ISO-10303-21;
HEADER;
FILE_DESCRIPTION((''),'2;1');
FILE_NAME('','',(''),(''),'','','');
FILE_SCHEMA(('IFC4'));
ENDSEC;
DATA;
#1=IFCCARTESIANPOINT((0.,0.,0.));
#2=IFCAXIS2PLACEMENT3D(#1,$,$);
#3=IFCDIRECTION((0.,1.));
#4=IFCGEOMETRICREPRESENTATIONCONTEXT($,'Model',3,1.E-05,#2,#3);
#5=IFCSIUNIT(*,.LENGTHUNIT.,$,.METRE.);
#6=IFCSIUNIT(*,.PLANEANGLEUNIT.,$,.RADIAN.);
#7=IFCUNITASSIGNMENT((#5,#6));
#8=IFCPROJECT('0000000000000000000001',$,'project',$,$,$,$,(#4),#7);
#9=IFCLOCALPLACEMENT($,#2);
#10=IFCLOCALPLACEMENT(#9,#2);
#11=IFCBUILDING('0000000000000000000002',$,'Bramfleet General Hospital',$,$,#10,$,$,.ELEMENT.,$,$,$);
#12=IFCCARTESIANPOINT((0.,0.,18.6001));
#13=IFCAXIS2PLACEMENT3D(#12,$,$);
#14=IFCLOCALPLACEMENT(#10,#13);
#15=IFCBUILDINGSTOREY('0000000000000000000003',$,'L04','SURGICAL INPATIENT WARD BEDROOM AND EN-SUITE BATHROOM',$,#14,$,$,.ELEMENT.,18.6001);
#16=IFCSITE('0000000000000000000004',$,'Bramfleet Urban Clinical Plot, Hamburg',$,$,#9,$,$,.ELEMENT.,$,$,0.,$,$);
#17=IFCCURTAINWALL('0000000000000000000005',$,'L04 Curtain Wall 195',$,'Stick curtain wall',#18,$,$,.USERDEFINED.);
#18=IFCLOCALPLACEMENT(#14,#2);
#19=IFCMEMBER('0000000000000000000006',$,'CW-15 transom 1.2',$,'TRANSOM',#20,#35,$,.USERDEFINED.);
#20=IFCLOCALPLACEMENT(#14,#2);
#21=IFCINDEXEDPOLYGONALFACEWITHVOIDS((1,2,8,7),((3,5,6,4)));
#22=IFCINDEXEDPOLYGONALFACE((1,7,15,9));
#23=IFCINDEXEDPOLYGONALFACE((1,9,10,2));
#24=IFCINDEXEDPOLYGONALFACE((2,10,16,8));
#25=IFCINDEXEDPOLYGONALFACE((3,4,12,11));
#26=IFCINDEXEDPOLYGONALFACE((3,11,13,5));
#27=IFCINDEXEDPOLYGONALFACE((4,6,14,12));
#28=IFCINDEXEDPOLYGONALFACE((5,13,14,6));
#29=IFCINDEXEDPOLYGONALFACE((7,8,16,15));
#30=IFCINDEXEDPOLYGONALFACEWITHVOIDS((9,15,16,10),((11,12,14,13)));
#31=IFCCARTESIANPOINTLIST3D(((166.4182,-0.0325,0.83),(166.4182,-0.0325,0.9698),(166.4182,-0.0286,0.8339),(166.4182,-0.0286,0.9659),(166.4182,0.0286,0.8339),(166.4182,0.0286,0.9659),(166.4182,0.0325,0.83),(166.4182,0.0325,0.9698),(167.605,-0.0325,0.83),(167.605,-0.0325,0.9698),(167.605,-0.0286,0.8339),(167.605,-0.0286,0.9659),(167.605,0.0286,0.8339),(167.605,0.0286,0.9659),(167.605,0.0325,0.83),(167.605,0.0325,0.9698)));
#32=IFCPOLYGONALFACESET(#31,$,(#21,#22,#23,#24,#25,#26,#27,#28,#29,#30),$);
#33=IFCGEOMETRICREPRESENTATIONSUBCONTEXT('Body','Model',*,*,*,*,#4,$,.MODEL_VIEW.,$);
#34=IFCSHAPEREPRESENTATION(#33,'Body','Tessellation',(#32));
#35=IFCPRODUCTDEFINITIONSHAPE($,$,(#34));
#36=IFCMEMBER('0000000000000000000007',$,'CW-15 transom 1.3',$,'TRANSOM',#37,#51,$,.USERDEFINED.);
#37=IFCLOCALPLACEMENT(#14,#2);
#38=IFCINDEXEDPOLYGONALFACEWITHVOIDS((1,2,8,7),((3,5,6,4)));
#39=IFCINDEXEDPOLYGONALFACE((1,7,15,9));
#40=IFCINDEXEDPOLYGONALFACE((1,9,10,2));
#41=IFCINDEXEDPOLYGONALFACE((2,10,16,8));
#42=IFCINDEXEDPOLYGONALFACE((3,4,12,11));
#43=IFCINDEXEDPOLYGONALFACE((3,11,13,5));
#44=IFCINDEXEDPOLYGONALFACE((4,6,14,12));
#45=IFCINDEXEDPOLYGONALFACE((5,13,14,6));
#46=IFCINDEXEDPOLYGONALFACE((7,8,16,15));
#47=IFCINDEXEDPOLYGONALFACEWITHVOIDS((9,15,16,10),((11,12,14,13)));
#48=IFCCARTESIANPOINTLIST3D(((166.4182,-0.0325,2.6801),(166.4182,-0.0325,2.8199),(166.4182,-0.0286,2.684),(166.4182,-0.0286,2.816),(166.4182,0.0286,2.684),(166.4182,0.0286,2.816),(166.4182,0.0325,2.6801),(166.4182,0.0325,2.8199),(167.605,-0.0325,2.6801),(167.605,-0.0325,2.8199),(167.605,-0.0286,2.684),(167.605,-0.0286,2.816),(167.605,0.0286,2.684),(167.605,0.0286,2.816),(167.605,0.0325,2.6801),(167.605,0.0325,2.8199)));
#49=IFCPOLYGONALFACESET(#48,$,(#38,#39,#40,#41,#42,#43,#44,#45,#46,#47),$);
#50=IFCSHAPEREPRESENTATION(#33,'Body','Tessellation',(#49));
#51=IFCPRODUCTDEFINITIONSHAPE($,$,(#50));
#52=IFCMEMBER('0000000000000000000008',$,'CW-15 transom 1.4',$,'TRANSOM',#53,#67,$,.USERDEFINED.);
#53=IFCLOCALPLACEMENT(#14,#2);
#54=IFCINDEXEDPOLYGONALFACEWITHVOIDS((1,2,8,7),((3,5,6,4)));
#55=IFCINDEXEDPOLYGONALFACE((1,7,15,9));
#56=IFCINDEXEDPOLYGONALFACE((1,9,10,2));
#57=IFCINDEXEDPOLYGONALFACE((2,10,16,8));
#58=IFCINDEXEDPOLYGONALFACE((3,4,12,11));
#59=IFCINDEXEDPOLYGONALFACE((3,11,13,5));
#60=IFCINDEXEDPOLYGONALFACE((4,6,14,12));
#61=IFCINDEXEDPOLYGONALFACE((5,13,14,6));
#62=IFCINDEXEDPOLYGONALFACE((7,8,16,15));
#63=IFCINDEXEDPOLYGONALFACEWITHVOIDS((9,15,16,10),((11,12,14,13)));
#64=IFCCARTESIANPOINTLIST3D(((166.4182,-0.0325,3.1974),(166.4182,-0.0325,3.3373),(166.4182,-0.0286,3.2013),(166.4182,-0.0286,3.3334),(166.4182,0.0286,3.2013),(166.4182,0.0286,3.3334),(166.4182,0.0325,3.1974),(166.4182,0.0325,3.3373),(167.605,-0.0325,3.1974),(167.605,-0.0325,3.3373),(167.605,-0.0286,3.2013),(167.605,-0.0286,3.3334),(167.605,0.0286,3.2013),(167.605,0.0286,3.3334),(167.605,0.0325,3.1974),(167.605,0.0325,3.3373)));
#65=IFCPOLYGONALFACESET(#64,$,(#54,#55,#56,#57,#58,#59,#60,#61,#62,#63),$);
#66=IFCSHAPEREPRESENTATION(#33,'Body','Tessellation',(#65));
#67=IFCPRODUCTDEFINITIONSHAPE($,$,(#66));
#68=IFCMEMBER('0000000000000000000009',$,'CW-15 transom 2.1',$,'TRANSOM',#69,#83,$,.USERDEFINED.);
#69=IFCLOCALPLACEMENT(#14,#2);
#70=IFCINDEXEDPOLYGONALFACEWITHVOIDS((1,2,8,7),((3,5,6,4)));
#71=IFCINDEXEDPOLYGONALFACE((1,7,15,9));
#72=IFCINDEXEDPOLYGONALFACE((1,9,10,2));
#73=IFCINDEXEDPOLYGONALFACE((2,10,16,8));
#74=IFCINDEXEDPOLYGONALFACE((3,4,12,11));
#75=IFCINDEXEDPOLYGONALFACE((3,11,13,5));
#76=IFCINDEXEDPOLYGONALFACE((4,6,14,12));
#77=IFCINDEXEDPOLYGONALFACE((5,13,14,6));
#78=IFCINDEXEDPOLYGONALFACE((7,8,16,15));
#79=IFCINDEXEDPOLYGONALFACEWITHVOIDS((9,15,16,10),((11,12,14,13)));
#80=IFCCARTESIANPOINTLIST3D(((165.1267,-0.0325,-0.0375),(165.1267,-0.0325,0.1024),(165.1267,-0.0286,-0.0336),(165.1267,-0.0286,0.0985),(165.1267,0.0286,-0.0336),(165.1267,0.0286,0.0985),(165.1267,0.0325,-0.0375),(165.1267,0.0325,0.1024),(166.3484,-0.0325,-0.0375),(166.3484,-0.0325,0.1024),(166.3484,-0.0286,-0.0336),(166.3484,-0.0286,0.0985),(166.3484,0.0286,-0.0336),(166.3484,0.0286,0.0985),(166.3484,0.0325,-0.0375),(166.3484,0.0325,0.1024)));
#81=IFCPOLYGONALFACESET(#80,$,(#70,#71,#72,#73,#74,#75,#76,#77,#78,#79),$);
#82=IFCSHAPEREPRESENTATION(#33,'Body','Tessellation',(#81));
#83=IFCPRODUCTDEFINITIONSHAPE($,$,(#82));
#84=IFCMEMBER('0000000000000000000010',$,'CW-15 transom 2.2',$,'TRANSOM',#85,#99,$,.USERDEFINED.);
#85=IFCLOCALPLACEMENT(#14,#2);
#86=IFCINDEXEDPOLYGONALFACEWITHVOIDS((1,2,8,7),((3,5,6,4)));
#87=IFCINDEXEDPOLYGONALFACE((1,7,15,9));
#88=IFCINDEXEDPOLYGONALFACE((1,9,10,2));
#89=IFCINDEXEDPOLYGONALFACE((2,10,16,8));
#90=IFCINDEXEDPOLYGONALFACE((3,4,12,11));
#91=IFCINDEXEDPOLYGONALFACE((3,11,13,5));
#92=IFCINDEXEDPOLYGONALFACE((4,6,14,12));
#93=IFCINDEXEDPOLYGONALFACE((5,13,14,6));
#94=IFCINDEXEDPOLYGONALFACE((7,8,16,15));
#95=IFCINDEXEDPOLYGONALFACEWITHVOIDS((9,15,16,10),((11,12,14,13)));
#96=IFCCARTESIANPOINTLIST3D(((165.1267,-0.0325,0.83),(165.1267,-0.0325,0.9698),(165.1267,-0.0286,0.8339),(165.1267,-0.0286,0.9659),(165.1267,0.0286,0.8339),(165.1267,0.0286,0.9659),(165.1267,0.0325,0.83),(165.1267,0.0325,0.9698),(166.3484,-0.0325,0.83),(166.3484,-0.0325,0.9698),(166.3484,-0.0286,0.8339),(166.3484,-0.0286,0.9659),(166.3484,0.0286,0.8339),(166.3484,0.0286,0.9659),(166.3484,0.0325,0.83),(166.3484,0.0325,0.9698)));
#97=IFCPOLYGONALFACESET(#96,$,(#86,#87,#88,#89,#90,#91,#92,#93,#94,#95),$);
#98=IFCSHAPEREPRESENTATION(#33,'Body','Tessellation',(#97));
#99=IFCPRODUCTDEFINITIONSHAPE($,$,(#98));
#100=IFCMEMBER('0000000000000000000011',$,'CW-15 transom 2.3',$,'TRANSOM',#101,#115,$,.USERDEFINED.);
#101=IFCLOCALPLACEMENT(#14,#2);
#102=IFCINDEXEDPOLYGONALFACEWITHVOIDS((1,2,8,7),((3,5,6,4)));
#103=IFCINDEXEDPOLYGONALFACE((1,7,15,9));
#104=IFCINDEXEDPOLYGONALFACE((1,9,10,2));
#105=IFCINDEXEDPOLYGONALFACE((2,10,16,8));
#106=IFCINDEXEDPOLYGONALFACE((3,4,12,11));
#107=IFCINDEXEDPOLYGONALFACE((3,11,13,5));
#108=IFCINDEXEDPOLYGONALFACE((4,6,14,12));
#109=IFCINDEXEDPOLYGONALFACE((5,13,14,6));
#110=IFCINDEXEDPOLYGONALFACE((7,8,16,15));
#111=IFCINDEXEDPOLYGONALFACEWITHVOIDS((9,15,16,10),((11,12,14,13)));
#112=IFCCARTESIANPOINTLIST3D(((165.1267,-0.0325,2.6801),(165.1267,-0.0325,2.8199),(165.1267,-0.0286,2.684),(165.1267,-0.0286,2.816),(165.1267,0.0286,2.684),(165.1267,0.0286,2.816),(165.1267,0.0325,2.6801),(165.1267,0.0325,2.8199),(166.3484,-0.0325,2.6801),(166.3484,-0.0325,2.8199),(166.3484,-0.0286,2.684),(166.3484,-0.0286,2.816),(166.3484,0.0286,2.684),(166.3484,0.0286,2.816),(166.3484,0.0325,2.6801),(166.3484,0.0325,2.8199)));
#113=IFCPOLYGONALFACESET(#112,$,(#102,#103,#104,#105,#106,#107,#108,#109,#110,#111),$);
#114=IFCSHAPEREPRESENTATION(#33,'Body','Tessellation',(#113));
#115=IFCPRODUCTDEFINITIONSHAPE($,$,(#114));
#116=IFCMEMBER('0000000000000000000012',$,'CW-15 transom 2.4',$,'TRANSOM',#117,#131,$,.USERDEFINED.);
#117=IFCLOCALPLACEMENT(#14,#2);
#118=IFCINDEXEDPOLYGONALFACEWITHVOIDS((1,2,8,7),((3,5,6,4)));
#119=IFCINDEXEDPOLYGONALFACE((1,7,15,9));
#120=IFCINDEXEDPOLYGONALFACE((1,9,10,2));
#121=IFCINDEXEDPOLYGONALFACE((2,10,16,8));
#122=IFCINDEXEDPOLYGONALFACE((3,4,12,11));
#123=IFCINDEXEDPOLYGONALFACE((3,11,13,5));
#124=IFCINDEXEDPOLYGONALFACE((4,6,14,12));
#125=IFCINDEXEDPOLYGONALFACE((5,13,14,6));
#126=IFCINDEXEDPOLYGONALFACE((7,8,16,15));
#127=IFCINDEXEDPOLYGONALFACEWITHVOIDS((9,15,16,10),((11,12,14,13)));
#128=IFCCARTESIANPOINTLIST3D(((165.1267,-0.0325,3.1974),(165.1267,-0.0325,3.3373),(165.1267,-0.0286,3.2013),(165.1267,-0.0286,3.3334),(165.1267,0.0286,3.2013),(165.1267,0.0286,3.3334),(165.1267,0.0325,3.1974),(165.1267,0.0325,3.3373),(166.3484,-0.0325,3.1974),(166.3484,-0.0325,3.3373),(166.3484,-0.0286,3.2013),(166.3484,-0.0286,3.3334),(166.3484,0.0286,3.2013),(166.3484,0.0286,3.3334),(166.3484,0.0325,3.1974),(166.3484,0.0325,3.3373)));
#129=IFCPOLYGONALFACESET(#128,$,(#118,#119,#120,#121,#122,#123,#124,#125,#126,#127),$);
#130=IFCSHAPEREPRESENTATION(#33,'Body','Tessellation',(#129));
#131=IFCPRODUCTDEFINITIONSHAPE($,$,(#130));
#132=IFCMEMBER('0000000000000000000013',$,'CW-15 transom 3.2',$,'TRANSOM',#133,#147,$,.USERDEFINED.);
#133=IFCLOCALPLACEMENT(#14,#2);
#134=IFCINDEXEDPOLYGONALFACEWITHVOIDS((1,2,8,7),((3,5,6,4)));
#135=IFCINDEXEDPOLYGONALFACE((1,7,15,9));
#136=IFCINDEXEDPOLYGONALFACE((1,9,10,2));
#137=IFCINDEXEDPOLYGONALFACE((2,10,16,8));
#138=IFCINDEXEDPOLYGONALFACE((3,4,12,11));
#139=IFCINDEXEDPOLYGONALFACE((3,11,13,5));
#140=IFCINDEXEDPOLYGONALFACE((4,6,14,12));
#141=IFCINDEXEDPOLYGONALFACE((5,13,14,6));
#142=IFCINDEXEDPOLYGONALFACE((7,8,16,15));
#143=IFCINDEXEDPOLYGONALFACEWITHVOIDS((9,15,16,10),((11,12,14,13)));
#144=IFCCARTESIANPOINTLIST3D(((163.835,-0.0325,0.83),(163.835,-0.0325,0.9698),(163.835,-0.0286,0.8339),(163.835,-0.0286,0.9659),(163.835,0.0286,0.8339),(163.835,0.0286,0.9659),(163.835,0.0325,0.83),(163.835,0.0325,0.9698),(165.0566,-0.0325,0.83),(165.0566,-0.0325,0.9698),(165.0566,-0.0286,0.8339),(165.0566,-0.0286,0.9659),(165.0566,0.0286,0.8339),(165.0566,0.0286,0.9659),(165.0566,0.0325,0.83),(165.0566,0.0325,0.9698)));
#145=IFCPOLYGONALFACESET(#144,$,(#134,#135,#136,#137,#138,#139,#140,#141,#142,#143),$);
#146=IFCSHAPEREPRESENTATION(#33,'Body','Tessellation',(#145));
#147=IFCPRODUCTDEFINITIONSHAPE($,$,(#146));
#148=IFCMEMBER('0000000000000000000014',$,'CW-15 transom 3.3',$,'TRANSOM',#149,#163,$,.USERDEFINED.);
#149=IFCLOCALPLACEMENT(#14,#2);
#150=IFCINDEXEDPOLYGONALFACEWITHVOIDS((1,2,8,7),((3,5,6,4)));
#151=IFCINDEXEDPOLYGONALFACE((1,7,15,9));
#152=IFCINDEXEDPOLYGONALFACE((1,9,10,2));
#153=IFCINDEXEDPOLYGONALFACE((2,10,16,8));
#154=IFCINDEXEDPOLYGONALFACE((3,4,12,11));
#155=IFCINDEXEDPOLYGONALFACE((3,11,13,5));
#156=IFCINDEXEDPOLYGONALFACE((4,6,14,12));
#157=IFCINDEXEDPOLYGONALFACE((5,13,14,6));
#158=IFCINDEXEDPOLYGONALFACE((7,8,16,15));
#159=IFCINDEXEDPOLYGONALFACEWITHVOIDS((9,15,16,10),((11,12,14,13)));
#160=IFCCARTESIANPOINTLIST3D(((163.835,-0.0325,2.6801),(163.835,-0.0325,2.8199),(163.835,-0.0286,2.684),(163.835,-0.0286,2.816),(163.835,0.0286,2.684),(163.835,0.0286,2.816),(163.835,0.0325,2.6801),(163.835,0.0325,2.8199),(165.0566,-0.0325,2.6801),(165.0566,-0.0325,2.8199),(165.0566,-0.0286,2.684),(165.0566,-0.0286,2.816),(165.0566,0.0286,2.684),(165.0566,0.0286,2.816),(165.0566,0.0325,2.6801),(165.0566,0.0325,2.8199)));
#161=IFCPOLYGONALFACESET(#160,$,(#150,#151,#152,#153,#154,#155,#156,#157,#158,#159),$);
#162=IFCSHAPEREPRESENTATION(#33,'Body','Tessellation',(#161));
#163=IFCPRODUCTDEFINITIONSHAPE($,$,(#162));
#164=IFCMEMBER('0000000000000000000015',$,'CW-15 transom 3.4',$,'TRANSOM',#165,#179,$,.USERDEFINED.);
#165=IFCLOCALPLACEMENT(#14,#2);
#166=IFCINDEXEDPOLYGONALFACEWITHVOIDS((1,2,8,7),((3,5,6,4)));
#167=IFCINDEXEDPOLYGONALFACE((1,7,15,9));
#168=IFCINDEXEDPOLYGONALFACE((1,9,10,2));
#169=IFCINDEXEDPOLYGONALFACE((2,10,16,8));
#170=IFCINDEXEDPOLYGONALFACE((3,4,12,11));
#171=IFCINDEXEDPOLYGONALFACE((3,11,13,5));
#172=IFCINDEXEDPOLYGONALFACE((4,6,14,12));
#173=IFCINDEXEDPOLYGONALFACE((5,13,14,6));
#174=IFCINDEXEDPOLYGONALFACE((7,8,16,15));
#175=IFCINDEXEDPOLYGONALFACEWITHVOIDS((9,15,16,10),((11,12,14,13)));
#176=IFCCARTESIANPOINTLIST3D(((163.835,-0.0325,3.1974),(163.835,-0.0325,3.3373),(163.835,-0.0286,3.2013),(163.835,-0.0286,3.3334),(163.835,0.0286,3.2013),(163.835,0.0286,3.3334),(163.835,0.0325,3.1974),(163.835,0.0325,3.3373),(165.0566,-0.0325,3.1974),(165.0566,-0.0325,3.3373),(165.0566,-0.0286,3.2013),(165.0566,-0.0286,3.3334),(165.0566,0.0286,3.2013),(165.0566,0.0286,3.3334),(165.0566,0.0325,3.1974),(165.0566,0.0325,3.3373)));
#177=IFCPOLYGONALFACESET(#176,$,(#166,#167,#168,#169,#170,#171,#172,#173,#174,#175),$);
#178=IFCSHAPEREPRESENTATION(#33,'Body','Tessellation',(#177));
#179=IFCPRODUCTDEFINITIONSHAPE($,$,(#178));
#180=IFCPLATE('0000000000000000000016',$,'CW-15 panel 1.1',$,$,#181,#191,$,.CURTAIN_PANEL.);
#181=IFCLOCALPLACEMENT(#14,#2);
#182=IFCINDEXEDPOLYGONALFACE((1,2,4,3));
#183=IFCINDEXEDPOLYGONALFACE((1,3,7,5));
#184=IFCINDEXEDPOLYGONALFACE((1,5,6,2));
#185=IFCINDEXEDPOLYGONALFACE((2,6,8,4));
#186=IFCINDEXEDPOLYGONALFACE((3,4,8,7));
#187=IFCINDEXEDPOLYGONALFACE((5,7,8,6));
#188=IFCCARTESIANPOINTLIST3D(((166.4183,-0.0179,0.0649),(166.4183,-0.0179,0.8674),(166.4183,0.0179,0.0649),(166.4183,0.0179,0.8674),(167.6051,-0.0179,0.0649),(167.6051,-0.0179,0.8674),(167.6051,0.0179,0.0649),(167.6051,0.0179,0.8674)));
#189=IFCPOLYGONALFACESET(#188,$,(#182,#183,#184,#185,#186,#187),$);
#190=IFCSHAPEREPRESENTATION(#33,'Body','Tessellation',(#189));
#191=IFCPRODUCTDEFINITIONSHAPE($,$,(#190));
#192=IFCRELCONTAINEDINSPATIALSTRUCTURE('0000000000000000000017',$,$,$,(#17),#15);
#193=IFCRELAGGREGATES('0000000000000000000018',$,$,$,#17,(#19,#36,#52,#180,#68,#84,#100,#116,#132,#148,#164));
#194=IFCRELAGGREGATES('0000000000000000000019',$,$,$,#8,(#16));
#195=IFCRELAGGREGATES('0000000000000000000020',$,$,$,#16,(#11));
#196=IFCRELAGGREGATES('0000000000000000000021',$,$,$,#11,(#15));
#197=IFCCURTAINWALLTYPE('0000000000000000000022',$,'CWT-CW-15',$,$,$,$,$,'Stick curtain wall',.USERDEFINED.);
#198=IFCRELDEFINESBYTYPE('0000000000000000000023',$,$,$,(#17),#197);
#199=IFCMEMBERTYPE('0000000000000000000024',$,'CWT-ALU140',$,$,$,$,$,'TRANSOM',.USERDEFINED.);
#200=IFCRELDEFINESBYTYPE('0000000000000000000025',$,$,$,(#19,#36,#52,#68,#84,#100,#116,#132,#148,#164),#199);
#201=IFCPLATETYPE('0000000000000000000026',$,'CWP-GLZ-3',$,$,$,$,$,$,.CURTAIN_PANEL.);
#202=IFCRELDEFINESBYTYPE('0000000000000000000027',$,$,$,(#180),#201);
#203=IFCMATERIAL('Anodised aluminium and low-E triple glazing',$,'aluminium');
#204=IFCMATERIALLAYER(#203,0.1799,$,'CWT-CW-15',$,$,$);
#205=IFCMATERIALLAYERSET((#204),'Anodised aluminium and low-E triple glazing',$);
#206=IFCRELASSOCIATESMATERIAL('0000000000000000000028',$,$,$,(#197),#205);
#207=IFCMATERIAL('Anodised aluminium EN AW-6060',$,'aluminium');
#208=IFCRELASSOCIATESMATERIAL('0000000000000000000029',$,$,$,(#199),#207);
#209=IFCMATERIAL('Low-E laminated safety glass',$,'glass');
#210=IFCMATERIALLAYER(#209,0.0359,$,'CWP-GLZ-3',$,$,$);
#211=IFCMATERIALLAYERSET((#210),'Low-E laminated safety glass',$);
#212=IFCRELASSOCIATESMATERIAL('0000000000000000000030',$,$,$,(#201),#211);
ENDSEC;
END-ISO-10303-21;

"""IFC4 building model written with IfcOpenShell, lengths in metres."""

from ifc_helpers import new_model, si_unit, direction, frame, origin, origin_2d, place, context, subcontext, project, spatial, rectangle, hollow_rectangle, extrude, material, layer, layer_set, material_profile, profile_set, type_object, element, aggregate, save


model = new_model("IFC4")

# Units and contexts
model_context = context("Model", 3, precision=1e-05, world=origin(), true_north=direction((0.0, 1.0)))
body_context = subcontext(model_context, "Body", "Model", "MODEL_VIEW")
ifc_project = project(units=[si_unit("LENGTHUNIT", "METRE"), si_unit("PLANEANGLEUNIT", "RADIAN")], contexts=[model_context])

# Site, building, storey
site_placement = place(None, origin())
site = spatial("IfcSite", under=ifc_project, at=site_placement, Name="Bramfleet Urban Clinical Plot, Hamburg", CompositionType="ELEMENT", RefElevation=0.0)
building_placement = place(site_placement, origin())
building = spatial("IfcBuilding", under=site, at=building_placement, Name="Bramfleet General Hospital", CompositionType="ELEMENT")
storey_placement = place(building_placement, frame((0.0, 0.0, 18.6001)))
storey = spatial("IfcBuildingStorey", under=building, at=storey_placement, Name="L04", Description="SURGICAL INPATIENT WARD BEDROOM AND EN-SUITE BATHROOM", CompositionType="ELEMENT", Elevation=18.6001)

# Curtain wall, members, plate
ifc_material_1 = material(Name="Anodised aluminium and low-E triple glazing", Category="aluminium")
ifc_layer_1 = layer(ifc_material_1, 0.1799, Name="CWT-CW-15")
ifc_layer_set_1 = layer_set([ifc_layer_1], Name="Anodised aluminium and low-E triple glazing")
curtain_wall_type = type_object("IfcCurtainWallType", Name="CWT-CW-15", ElementType="Stick curtain wall", PredefinedType="USERDEFINED", material=ifc_layer_set_1)
curtain_wall_placement = place(storey_placement, origin())
curtain_wall = element("IfcCurtainWall", 1, at=curtain_wall_placement, inside=storey, type_object=curtain_wall_type, Name="L04 Curtain Wall 195", ObjectType="Stick curtain wall", PredefinedType="USERDEFINED")
ifc_material_2 = material(Name="Anodised aluminium EN AW-6060", Category="aluminium")
ifc_material_profile_1 = material_profile(ifc_material_2, hollow_rectangle(XDim=0.0649, YDim=0.1399, WallThickness=0.0039, at=origin_2d()), Name="ALU 140x65x4.0")
ifc_profile_set_1 = profile_set([ifc_material_profile_1], Name="Anodised aluminium EN AW-6060")
member_type_1 = type_object("IfcMemberType", Name="CWT-ALU140", ElementType="TRANSOM", PredefinedType="USERDEFINED", material=ifc_profile_set_1)
member_1_placement = place(storey_placement, frame((167.605, 0.0, 0.8999), z_axis=(-1.0, 0.0, 0.0), x_axis=(0.0, -1.0, 0.0)))
member_1 = element("IfcMember", 2, at=member_1_placement, type_object=member_type_1, Name="CW-15 transom 1.2", ObjectType="TRANSOM", PredefinedType="USERDEFINED", context=body_context, shape_type="SweptSolid", body=[
    extrude(hollow_rectangle(XDim=0.0649, YDim=0.1399, WallThickness=0.0039, at=origin_2d()), origin(), (0.0, 0.0, 1.0), 1.1868),
])
member_2_placement = place(storey_placement, frame((167.605, 0.0, 2.75), z_axis=(-1.0, 0.0, 0.0), x_axis=(0.0, -1.0, 0.0)))
member_2 = element("IfcMember", 3, at=member_2_placement, type_object=member_type_1, Name="CW-15 transom 1.3", ObjectType="TRANSOM", PredefinedType="USERDEFINED", context=body_context, shape_type="SweptSolid", body=[
    extrude(hollow_rectangle(XDim=0.0649, YDim=0.1399, WallThickness=0.0039, at=origin_2d()), origin(), (0.0, 0.0, 1.0), 1.1868),
])
member_3_placement = place(storey_placement, frame((167.605, 0.0, 3.2673), z_axis=(-1.0, 0.0, 0.0), x_axis=(0.0, -1.0, 0.0)))
member_3 = element("IfcMember", 4, at=member_3_placement, type_object=member_type_1, Name="CW-15 transom 1.4", ObjectType="TRANSOM", PredefinedType="USERDEFINED", context=body_context, shape_type="SweptSolid", body=[
    extrude(hollow_rectangle(XDim=0.0649, YDim=0.1399, WallThickness=0.0039, at=origin_2d()), origin(), (0.0, 0.0, 1.0), 1.1868),
])
member_4_placement = place(storey_placement, frame((166.3484, 0.0, 0.0325), z_axis=(-1.0, 0.0, 0.0), x_axis=(0.0, -1.0, 0.0)))
member_4 = element("IfcMember", 5, at=member_4_placement, type_object=member_type_1, Name="CW-15 transom 2.1", ObjectType="TRANSOM", PredefinedType="USERDEFINED", context=body_context, shape_type="SweptSolid", body=[
    extrude(hollow_rectangle(XDim=0.0649, YDim=0.1399, WallThickness=0.0039, at=origin_2d()), origin(), (0.0, 0.0, 1.0), 1.2217),
])
member_5_placement = place(storey_placement, frame((166.3484, 0.0, 0.8999), z_axis=(-1.0, 0.0, 0.0), x_axis=(0.0, -1.0, 0.0)))
member_5 = element("IfcMember", 6, at=member_5_placement, type_object=member_type_1, Name="CW-15 transom 2.2", ObjectType="TRANSOM", PredefinedType="USERDEFINED", context=body_context, shape_type="SweptSolid", body=[
    extrude(hollow_rectangle(XDim=0.0649, YDim=0.1399, WallThickness=0.0039, at=origin_2d()), origin(), (0.0, 0.0, 1.0), 1.2217),
])
member_6_placement = place(storey_placement, frame((166.3484, 0.0, 2.75), z_axis=(-1.0, 0.0, 0.0), x_axis=(0.0, -1.0, 0.0)))
member_6 = element("IfcMember", 7, at=member_6_placement, type_object=member_type_1, Name="CW-15 transom 2.3", ObjectType="TRANSOM", PredefinedType="USERDEFINED", context=body_context, shape_type="SweptSolid", body=[
    extrude(hollow_rectangle(XDim=0.0649, YDim=0.1399, WallThickness=0.0039, at=origin_2d()), origin(), (0.0, 0.0, 1.0), 1.2217),
])
member_7_placement = place(storey_placement, frame((166.3484, 0.0, 3.2673), z_axis=(-1.0, 0.0, 0.0), x_axis=(0.0, -1.0, 0.0)))
member_7 = element("IfcMember", 8, at=member_7_placement, type_object=member_type_1, Name="CW-15 transom 2.4", ObjectType="TRANSOM", PredefinedType="USERDEFINED", context=body_context, shape_type="SweptSolid", body=[
    extrude(hollow_rectangle(XDim=0.0649, YDim=0.1399, WallThickness=0.0039, at=origin_2d()), origin(), (0.0, 0.0, 1.0), 1.2217),
])
member_8_placement = place(storey_placement, frame((165.0566, 0.0, 0.8999), z_axis=(-1.0, 0.0, 0.0), x_axis=(0.0, -1.0, 0.0)))
member_8 = element("IfcMember", 9, at=member_8_placement, type_object=member_type_1, Name="CW-15 transom 3.2", ObjectType="TRANSOM", PredefinedType="USERDEFINED", context=body_context, shape_type="SweptSolid", body=[
    extrude(hollow_rectangle(XDim=0.0649, YDim=0.1399, WallThickness=0.0039, at=origin_2d()), origin(), (0.0, 0.0, 1.0), 1.2217),
])
member_9_placement = place(storey_placement, frame((165.0566, 0.0, 2.75), z_axis=(-1.0, 0.0, 0.0), x_axis=(0.0, -1.0, 0.0)))
member_9 = element("IfcMember", 10, at=member_9_placement, type_object=member_type_1, Name="CW-15 transom 3.3", ObjectType="TRANSOM", PredefinedType="USERDEFINED", context=body_context, shape_type="SweptSolid", body=[
    extrude(hollow_rectangle(XDim=0.0649, YDim=0.1399, WallThickness=0.0039, at=origin_2d()), origin(), (0.0, 0.0, 1.0), 1.2217),
])
member_10_placement = place(storey_placement, frame((165.0566, 0.0, 3.2673), z_axis=(-1.0, 0.0, 0.0), x_axis=(0.0, -1.0, 0.0)))
member_10 = element("IfcMember", 11, at=member_10_placement, type_object=member_type_1, Name="CW-15 transom 3.4", ObjectType="TRANSOM", PredefinedType="USERDEFINED", context=body_context, shape_type="SweptSolid", body=[
    extrude(hollow_rectangle(XDim=0.0649, YDim=0.1399, WallThickness=0.0039, at=origin_2d()), origin(), (0.0, 0.0, 1.0), 1.2217),
])
ifc_material_3 = material(Name="Low-E laminated safety glass", Category="glass")
ifc_layer_2 = layer(ifc_material_3, 0.0359, Name="CWP-GLZ-3")
ifc_layer_set_2 = layer_set([ifc_layer_2], Name="Low-E laminated safety glass")
plate_type = type_object("IfcPlateType", Name="CWP-GLZ-3", PredefinedType="CURTAIN_PANEL", material=ifc_layer_set_2)
plate_1_placement = place(storey_placement, frame((167.0117, 0.0, 0.0649), z_axis=(0.0, 0.0, 1.0), x_axis=(-1.0, 0.0, 0.0)))
plate_1 = element("IfcPlate", 12, at=plate_1_placement, type_object=plate_type, Name="CW-15 panel 1.1", PredefinedType="CURTAIN_PANEL", context=body_context, shape_type="SweptSolid", body=[
    extrude(rectangle(XDim=1.1868, YDim=0.0359, at=origin_2d()), origin(), (0.0, 0.0, 1.0), 0.8025),
])
aggregate(curtain_wall, [member_1, member_2, member_3, plate_1, member_4, member_5, member_6, member_7, member_8, member_9, member_10])

save(model, "model.ifc")
